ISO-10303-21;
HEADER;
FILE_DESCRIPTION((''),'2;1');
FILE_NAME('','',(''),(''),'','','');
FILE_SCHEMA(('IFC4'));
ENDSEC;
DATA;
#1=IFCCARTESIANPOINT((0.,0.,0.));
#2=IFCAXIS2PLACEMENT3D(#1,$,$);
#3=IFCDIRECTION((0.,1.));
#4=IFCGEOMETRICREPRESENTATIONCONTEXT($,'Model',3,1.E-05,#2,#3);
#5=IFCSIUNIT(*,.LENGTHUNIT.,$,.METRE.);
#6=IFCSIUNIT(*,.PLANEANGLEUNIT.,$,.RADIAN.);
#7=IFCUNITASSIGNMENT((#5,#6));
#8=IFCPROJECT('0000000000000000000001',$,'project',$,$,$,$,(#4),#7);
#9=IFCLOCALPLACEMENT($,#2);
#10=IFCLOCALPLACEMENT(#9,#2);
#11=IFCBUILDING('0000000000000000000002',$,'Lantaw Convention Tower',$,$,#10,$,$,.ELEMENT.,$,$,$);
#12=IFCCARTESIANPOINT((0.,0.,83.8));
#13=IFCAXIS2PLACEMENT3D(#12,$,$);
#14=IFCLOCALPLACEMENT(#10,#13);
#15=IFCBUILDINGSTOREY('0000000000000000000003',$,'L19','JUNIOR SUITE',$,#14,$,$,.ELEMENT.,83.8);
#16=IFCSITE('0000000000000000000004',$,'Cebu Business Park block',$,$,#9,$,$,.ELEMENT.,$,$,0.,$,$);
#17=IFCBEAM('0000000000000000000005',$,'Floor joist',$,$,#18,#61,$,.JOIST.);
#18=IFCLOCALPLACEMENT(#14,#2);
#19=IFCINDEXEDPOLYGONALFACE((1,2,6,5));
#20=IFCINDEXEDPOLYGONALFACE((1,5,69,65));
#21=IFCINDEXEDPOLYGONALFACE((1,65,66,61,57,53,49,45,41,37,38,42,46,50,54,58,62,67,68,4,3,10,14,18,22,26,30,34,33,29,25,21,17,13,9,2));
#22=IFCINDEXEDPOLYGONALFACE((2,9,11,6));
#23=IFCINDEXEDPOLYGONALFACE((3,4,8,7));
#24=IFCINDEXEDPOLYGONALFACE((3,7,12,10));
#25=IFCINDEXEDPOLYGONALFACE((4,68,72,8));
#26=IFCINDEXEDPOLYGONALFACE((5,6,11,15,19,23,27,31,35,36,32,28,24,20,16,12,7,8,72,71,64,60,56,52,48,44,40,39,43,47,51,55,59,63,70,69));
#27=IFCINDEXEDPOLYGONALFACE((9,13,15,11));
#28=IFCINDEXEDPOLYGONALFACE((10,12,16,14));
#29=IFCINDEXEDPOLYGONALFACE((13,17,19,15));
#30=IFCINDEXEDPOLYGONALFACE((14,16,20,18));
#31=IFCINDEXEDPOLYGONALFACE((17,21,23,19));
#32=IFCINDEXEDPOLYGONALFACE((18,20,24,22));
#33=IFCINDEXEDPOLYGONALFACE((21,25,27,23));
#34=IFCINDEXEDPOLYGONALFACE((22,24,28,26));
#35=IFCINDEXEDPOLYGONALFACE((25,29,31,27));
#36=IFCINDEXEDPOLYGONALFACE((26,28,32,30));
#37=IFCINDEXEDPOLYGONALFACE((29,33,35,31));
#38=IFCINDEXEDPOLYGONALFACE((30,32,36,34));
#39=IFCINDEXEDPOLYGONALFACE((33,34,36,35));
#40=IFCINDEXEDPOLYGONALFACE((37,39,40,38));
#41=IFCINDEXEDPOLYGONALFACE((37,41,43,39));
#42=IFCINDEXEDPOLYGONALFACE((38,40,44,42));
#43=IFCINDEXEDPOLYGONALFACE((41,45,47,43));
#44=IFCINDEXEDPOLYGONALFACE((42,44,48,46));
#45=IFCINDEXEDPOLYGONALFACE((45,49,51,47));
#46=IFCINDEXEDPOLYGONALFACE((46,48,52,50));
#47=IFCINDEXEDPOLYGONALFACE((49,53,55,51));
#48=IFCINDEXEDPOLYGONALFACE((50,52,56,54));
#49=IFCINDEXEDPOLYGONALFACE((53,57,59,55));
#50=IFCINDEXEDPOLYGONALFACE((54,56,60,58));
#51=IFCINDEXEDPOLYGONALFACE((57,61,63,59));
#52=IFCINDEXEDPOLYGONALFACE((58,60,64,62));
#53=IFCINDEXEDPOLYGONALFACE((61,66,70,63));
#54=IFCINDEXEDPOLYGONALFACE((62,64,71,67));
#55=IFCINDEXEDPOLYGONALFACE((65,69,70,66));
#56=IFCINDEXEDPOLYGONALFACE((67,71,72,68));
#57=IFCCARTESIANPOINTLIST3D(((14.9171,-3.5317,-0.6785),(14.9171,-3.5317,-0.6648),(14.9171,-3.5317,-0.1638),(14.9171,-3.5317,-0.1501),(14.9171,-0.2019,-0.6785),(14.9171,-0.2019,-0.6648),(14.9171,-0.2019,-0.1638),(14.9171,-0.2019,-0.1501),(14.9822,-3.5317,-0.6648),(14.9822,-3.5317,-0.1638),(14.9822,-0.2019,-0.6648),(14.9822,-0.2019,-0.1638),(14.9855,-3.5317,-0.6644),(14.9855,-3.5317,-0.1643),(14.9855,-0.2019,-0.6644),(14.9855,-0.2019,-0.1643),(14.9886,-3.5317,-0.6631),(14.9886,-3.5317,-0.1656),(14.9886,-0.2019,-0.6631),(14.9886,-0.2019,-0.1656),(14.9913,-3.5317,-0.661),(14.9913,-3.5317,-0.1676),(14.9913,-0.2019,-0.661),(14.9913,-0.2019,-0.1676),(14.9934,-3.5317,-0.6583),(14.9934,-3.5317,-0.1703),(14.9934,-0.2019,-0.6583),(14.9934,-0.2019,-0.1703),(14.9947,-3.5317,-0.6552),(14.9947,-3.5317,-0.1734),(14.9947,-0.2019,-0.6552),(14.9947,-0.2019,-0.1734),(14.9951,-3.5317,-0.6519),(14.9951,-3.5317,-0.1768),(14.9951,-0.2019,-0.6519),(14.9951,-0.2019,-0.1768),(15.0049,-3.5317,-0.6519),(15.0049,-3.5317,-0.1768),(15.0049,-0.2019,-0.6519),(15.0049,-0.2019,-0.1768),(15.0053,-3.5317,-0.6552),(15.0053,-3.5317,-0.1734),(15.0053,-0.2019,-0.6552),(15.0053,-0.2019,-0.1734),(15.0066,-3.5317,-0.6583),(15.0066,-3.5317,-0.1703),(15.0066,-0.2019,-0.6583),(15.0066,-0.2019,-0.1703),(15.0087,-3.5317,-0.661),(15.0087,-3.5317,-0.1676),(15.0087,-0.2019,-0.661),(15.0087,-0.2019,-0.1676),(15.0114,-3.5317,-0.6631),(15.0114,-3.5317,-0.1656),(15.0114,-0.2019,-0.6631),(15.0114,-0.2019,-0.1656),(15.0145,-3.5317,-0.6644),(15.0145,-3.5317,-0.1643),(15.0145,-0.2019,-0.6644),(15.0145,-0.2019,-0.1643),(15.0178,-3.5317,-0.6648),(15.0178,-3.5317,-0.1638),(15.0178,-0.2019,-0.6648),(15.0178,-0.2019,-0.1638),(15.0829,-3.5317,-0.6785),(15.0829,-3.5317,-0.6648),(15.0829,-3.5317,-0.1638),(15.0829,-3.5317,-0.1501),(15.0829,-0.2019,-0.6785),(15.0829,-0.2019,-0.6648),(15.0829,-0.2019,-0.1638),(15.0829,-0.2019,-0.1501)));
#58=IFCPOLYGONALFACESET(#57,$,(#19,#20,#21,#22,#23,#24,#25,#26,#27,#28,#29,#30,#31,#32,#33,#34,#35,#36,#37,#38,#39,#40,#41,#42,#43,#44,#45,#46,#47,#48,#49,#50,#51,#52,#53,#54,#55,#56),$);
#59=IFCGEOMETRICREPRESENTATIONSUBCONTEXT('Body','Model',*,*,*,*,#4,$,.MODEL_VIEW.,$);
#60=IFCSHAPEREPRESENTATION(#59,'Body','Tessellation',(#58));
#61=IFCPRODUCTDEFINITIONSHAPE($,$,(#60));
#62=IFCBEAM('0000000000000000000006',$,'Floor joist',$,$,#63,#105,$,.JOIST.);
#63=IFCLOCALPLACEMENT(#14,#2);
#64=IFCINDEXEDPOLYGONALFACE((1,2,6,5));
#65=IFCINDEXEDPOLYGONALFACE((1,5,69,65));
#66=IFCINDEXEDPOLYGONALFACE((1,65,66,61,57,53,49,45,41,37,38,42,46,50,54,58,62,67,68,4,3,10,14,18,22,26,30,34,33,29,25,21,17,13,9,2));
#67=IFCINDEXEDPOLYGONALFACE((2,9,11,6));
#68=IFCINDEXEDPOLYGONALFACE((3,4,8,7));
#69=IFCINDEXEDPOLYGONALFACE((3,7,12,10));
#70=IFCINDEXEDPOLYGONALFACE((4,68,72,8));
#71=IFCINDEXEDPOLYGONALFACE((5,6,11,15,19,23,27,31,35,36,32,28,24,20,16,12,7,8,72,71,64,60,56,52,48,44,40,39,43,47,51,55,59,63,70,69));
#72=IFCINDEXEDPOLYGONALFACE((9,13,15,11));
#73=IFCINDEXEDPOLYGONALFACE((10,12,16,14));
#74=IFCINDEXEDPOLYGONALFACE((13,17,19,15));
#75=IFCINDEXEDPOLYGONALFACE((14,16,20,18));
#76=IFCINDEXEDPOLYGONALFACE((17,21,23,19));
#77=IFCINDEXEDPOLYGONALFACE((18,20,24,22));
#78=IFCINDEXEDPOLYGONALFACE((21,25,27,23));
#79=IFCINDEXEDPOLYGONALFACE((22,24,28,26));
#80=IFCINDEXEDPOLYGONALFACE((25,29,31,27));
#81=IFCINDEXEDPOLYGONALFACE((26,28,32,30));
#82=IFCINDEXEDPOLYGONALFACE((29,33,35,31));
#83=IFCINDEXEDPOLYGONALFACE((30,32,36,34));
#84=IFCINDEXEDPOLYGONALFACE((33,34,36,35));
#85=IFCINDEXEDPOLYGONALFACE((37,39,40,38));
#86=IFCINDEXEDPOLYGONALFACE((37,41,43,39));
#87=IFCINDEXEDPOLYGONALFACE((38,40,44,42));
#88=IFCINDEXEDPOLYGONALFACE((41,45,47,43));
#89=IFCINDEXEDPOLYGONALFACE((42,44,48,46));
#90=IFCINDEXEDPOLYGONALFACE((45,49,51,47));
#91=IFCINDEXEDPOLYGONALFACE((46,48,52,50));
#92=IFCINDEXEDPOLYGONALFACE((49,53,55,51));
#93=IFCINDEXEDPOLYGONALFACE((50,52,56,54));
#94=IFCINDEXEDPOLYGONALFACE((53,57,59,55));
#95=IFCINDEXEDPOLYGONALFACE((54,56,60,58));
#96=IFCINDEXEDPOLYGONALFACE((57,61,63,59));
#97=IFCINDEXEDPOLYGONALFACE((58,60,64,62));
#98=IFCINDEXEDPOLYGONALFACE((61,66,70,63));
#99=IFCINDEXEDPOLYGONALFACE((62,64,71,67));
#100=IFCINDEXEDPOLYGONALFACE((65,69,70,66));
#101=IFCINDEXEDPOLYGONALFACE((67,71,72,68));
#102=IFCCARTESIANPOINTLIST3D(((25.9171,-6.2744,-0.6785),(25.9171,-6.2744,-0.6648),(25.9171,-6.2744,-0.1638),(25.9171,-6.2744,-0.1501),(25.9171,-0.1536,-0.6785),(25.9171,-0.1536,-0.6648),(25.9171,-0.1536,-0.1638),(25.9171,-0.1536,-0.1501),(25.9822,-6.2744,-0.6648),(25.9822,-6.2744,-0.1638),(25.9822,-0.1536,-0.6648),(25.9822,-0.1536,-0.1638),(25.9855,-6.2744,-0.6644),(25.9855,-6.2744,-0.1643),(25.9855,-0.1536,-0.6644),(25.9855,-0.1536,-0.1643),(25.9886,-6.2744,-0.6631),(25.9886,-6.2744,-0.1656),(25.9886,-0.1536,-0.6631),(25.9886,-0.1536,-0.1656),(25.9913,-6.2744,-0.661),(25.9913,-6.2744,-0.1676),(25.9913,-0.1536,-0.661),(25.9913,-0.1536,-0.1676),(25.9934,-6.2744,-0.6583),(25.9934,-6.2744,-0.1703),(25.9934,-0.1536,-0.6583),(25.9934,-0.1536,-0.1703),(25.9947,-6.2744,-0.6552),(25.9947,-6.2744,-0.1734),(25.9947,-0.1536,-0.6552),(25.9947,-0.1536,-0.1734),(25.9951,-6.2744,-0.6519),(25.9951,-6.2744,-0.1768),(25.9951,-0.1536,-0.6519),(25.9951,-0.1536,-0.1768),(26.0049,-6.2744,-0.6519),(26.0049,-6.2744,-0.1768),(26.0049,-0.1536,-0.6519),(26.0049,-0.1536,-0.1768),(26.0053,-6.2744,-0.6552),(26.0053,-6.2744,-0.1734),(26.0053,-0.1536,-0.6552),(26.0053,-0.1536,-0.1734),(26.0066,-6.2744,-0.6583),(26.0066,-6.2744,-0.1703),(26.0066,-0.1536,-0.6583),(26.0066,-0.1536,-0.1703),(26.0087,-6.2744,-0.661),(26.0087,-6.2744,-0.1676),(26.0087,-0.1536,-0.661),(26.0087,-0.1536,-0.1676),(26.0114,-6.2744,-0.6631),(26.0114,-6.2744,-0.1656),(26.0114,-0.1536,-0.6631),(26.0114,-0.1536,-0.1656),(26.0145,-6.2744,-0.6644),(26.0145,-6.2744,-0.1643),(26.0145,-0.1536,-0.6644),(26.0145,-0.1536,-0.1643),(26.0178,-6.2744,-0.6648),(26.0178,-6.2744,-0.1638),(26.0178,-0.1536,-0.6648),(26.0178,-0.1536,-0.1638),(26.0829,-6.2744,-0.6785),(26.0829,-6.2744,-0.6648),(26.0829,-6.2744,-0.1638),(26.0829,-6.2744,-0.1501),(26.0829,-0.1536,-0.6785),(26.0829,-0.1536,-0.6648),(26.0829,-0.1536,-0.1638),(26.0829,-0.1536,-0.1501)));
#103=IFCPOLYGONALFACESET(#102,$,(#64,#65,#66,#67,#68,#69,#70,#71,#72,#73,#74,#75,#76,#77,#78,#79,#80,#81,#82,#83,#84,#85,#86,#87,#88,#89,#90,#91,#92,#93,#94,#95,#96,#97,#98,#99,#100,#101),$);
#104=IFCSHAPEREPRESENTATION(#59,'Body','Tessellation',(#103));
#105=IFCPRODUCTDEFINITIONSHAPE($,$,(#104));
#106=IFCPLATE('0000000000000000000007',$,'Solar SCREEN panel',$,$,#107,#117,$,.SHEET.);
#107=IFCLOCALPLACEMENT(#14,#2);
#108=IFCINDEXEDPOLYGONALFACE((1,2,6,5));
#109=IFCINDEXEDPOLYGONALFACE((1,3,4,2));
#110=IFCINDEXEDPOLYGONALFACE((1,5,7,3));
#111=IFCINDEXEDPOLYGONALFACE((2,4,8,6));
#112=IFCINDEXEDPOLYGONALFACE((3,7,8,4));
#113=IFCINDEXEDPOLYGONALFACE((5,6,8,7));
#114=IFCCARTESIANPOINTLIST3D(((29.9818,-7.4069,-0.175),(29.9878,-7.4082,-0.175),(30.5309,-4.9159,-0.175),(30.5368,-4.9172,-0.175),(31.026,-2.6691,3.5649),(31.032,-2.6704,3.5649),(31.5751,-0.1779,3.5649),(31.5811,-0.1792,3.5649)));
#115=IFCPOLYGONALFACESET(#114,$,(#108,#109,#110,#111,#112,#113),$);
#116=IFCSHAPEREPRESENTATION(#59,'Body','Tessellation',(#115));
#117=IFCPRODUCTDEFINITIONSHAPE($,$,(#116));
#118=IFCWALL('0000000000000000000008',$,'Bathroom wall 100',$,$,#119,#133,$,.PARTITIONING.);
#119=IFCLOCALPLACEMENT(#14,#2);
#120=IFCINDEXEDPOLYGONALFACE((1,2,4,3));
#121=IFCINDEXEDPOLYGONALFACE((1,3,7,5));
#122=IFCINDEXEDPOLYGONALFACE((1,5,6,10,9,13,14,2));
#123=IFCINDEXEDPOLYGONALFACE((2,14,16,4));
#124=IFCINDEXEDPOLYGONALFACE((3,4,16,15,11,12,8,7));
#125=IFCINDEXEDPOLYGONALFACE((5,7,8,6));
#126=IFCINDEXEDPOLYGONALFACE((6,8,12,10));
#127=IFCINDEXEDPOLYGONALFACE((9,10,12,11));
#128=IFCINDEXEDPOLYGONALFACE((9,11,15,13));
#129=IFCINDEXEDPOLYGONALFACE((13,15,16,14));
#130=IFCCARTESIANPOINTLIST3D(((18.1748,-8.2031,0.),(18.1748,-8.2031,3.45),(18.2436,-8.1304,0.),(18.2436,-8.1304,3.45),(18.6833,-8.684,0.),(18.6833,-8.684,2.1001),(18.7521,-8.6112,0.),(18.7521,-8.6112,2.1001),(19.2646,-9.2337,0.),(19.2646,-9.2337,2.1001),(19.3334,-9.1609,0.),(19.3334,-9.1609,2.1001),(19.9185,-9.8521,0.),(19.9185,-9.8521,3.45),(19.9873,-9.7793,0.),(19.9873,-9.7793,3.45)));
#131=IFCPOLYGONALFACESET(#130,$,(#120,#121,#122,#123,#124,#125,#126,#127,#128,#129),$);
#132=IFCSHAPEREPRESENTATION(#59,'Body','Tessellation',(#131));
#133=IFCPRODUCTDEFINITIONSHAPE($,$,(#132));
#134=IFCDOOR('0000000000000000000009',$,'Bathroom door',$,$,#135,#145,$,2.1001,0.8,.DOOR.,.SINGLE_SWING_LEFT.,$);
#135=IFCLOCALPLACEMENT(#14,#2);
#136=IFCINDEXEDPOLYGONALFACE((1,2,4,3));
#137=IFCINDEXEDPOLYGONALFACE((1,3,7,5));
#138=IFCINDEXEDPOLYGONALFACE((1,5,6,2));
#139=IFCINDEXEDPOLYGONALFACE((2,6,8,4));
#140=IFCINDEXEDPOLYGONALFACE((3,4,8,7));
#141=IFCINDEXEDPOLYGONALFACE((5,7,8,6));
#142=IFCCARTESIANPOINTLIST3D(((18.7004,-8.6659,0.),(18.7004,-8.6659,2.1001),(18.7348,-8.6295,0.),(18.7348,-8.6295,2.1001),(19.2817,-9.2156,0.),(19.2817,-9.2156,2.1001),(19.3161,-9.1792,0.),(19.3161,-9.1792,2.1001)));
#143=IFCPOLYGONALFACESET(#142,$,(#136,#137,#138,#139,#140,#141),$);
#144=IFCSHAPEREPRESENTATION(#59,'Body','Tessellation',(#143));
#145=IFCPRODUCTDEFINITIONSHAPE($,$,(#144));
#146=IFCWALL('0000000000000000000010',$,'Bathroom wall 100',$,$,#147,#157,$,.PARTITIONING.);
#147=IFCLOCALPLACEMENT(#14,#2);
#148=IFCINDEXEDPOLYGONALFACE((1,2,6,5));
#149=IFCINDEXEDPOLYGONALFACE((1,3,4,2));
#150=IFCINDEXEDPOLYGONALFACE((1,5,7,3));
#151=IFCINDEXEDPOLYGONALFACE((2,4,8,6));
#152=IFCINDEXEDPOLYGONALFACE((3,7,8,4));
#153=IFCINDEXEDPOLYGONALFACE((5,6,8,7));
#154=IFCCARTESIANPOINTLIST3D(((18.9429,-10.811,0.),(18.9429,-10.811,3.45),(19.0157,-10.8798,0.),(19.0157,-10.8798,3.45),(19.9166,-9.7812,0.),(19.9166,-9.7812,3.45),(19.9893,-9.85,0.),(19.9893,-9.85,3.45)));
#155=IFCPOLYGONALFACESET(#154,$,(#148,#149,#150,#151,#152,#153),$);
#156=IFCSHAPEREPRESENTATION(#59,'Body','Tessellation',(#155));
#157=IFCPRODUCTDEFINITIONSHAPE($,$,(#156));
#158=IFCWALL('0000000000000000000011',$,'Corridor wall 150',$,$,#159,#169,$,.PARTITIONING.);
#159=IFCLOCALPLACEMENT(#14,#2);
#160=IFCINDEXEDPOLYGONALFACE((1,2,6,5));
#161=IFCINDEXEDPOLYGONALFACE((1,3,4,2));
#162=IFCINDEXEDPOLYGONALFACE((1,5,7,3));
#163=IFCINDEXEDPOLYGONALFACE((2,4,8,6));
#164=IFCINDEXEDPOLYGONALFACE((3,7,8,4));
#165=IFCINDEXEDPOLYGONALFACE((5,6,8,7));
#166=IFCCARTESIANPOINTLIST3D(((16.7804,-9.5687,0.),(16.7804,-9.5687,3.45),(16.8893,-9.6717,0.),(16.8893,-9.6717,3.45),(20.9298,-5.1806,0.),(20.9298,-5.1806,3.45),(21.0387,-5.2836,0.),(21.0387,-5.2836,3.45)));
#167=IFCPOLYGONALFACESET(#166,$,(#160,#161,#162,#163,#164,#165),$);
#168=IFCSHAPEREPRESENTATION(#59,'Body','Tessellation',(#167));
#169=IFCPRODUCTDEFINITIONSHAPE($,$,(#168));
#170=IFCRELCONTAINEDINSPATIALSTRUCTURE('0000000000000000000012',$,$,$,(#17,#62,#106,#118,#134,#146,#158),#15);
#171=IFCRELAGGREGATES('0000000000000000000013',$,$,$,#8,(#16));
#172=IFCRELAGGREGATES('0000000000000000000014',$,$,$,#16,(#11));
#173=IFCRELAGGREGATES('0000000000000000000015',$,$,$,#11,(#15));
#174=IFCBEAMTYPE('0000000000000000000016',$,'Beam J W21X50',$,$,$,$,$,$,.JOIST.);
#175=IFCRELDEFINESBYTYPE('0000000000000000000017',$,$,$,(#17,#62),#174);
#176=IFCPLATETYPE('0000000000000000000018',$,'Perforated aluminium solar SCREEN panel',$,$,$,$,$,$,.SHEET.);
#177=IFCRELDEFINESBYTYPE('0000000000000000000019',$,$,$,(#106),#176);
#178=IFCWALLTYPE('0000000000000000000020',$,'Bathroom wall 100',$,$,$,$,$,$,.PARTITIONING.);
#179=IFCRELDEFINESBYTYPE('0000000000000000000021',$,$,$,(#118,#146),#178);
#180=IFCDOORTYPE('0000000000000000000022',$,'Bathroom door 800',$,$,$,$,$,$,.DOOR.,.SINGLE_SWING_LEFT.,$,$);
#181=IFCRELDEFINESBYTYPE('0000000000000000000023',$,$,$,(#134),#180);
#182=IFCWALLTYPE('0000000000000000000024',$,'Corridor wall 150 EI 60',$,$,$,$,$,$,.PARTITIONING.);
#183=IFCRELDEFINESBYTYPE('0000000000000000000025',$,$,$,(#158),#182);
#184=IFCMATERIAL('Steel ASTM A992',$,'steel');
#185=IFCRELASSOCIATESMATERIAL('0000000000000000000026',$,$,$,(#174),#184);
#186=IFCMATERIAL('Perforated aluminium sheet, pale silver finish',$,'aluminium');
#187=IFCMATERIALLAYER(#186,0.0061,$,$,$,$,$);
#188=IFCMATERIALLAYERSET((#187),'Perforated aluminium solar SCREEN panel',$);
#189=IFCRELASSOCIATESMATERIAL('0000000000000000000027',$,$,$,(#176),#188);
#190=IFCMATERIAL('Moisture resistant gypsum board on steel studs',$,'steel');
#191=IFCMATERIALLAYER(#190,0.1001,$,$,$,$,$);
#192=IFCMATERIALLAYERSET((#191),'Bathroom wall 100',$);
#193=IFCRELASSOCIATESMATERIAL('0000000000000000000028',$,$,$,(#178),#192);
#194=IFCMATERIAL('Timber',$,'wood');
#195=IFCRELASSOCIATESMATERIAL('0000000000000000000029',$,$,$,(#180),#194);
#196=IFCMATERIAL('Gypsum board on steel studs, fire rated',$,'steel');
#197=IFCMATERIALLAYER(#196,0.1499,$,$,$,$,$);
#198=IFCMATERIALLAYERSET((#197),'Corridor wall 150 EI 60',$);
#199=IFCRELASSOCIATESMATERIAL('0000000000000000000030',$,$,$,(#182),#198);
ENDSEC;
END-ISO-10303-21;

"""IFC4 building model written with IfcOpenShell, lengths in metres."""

from ifc_helpers import new_model, si_unit, direction, frame, frame_2d, origin, origin_2d, place, context, subcontext, project, spatial, polyline, rectangle, i_section, outline, extrude, material, layer, layer_set, material_profile, profile_set, type_object, element, fill, save


model = new_model("IFC4")

# Units and contexts
model_context = context("Model", 3, precision=1e-05, world=origin(), true_north=direction((0.0, 1.0)))
body_context = subcontext(model_context, "Body", "Model", "MODEL_VIEW")
ifc_project = project(units=[si_unit("LENGTHUNIT", "METRE"), si_unit("PLANEANGLEUNIT", "RADIAN")], contexts=[model_context])

# Site, building, storey
site_placement = place(None, origin())
site = spatial("IfcSite", under=ifc_project, at=site_placement, Name="Cebu Business Park block", CompositionType="ELEMENT", RefElevation=0.0)
building_placement = place(site_placement, origin())
building = spatial("IfcBuilding", under=site, at=building_placement, Name="Lantaw Convention Tower", CompositionType="ELEMENT")
storey_placement = place(building_placement, frame((0.0, 0.0, 83.8)))
storey = spatial("IfcBuildingStorey", under=building, at=storey_placement, Name="L19", Description="JUNIOR SUITE", CompositionType="ELEMENT", Elevation=83.8)

# Beams
ifc_material_1 = material(Name="Steel ASTM A992", Category="steel")
ifc_material_profile_1 = material_profile(ifc_material_1, i_section(OverallWidth=0.1658, OverallDepth=0.5283, WebThickness=0.0098, FlangeThickness=0.0137, FilletRadius=0.0129, at=origin_2d()), Name="W21X50")
ifc_profile_set_1 = profile_set([ifc_material_profile_1], Name="Steel ASTM A992")
beam_type_1 = type_object("IfcBeamType", Name="Beam J W21X50", PredefinedType="JOIST", material=ifc_profile_set_1)
beam_1_placement = place(storey_placement, frame((15.0, -3.5317, -0.4143), z_axis=(0.0, 1.0, 0.0), x_axis=(-1.0, 0.0, 0.0)))
element("IfcBeam", 1, at=beam_1_placement, inside=storey, type_object=beam_type_1, Name="Floor joist", PredefinedType="JOIST", context=body_context, shape_type="SweptSolid", body=[
    extrude(i_section(OverallWidth=0.1658, OverallDepth=0.5283, WebThickness=0.0098, FlangeThickness=0.0137, FilletRadius=0.0129, at=origin_2d()), origin(), (0.0, 0.0, 1.0), 3.3298),
])
beam_2_placement = place(storey_placement, frame((26.0, -6.2744, -0.4143), z_axis=(0.0, 1.0, 0.0), x_axis=(-1.0, 0.0, 0.0)))
element("IfcBeam", 2, at=beam_2_placement, inside=storey, type_object=beam_type_1, Name="Floor joist", PredefinedType="JOIST", context=body_context, shape_type="SweptSolid", body=[
    extrude(i_section(OverallWidth=0.1658, OverallDepth=0.5283, WebThickness=0.0098, FlangeThickness=0.0137, FilletRadius=0.0129, at=origin_2d()), origin(), (0.0, 0.0, 1.0), 6.1208),
])

# Plate
ifc_material_2 = material(Name="Perforated aluminium sheet, pale silver finish", Category="aluminium")
ifc_layer_1 = layer(ifc_material_2, 0.0061)
ifc_layer_set_1 = layer_set([ifc_layer_1], Name="Perforated aluminium solar SCREEN panel")
plate_type = type_object("IfcPlateType", Name="Perforated aluminium solar SCREEN panel", PredefinedType="SHEET", material=ifc_layer_set_1)
plate_placement = place(storey_placement, frame((29.9878, -7.4082, -0.175), z_axis=(0.976559, -0.215248, 0.00003), x_axis=(0.215248, 0.976559, 0.0)))
element("IfcPlate", 3, at=plate_placement, inside=storey, type_object=plate_type, Name="Solar SCREEN panel", PredefinedType="SHEET", context=body_context, shape_type="SweptSolid", body=[
    extrude(outline(polyline([(0.0, 0.0), (2.5508, 0.0), (7.4025, 3.74), (4.8515, 3.74), (0.0, 0.0)])), origin(), (0.0, 0.0, -1.0), 0.0061),
])

# Wall, opening, door
ifc_material_3 = material(Name="Moisture resistant gypsum board on steel studs", Category="steel")
ifc_layer_2 = layer(ifc_material_3, 0.1001)
ifc_layer_set_2 = layer_set([ifc_layer_2], Name="Bathroom wall 100")
wall_type_1 = type_object("IfcWallType", Name="Bathroom wall 100", PredefinedType="PARTITIONING", material=ifc_layer_set_2)
wall_1_placement = place(storey_placement, frame((18.2092, -8.1667, 0.0), z_axis=(0.0, 0.0, 1.0), x_axis=(0.726567, -0.687095, 0.0)))
wall_1 = element("IfcWall", 4, at=wall_1_placement, inside=storey, type_object=wall_type_1, Name="Bathroom wall 100", PredefinedType="PARTITIONING", context=body_context, shape_type="SweptSolid", body=[
    extrude(rectangle(XDim=2.3999, YDim=0.1001, at=frame_2d((1.2, 0.0))), origin(), (0.0, 0.0, 1.0), 3.45),
])
opening_1_placement = place(wall_1_placement, frame((0.7, 0.0, 0.0)))
opening_1 = element("IfcOpeningElement", 5, at=opening_1_placement, cuts=wall_1, PredefinedType="OPENING", context=body_context, shape_type="SweptSolid", body=[
    extrude(rectangle(XDim=0.8, YDim=2.1001, at=frame_2d((0.3999, 1.05))), frame((0.0, 0.0601, 0.0), z_axis=(0.0, -1.0, 0.0), x_axis=(1.0, 0.0, 0.0)), (0.0, 0.0, 1.0), 0.1201),
])
ifc_material_4 = material(Name="Timber", Category="wood")
door_type_1 = type_object("IfcDoorType", Name="Bathroom door 800", OperationType="SINGLE_SWING_LEFT", PredefinedType="DOOR", material=ifc_material_4)
door_1_placement = place(opening_1_placement, origin())
door_1 = element("IfcDoor", 6, at=door_1_placement, inside=storey, type_object=door_type_1, Name="Bathroom door", OperationType="SINGLE_SWING_LEFT", OverallHeight=2.1001, OverallWidth=0.8, PredefinedType="DOOR", context=body_context, shape_type="SweptSolid", body=[
    extrude(rectangle(XDim=0.8, YDim=2.1001, at=frame_2d((0.3999, 1.05))), frame((0.0, 0.0249, 0.0), z_axis=(0.0, -1.0, 0.0), x_axis=(1.0, 0.0, 0.0)), (0.0, 0.0, 1.0), 0.05),
])
fill(opening_1, door_1)

# Walls
wall_2_placement = place(storey_placement, frame((19.9529, -9.8157, 0.0), z_axis=(0.0, 0.0, 1.0), x_axis=(-0.687018, -0.72664, 0.0)))
element("IfcWall", 7, at=wall_2_placement, inside=storey, type_object=wall_type_1, Name="Bathroom wall 100", PredefinedType="PARTITIONING", context=body_context, shape_type="SweptSolid", body=[
    extrude(rectangle(XDim=1.4172, YDim=0.1001, at=frame_2d((0.7085, 0.0))), origin(), (0.0, 0.0, 1.0), 3.45),
])
ifc_material_5 = material(Name="Gypsum board on steel studs, fire rated", Category="steel")
ifc_layer_3 = layer(ifc_material_5, 0.1499)
ifc_layer_set_3 = layer_set([ifc_layer_3], Name="Corridor wall 150 EI 60")
wall_type_2 = type_object("IfcWallType", Name="Corridor wall 150 EI 60", PredefinedType="PARTITIONING", material=ifc_layer_set_3)
wall_3_placement = place(storey_placement, frame((16.835, -9.6201, 0.0), z_axis=(0.0, 0.0, 1.0), x_axis=(0.687063, 0.726598, 0.0)))
element("IfcWall", 8, at=wall_3_placement, inside=storey, type_object=wall_type_2, Name="Corridor wall 150", PredefinedType="PARTITIONING", context=body_context, shape_type="SweptSolid", body=[
    extrude(rectangle(XDim=6.0393, YDim=0.1499, at=frame_2d((3.0195, 0.0))), origin(), (0.0, 0.0, 1.0), 3.45),
])

save(model, "model.ifc")
